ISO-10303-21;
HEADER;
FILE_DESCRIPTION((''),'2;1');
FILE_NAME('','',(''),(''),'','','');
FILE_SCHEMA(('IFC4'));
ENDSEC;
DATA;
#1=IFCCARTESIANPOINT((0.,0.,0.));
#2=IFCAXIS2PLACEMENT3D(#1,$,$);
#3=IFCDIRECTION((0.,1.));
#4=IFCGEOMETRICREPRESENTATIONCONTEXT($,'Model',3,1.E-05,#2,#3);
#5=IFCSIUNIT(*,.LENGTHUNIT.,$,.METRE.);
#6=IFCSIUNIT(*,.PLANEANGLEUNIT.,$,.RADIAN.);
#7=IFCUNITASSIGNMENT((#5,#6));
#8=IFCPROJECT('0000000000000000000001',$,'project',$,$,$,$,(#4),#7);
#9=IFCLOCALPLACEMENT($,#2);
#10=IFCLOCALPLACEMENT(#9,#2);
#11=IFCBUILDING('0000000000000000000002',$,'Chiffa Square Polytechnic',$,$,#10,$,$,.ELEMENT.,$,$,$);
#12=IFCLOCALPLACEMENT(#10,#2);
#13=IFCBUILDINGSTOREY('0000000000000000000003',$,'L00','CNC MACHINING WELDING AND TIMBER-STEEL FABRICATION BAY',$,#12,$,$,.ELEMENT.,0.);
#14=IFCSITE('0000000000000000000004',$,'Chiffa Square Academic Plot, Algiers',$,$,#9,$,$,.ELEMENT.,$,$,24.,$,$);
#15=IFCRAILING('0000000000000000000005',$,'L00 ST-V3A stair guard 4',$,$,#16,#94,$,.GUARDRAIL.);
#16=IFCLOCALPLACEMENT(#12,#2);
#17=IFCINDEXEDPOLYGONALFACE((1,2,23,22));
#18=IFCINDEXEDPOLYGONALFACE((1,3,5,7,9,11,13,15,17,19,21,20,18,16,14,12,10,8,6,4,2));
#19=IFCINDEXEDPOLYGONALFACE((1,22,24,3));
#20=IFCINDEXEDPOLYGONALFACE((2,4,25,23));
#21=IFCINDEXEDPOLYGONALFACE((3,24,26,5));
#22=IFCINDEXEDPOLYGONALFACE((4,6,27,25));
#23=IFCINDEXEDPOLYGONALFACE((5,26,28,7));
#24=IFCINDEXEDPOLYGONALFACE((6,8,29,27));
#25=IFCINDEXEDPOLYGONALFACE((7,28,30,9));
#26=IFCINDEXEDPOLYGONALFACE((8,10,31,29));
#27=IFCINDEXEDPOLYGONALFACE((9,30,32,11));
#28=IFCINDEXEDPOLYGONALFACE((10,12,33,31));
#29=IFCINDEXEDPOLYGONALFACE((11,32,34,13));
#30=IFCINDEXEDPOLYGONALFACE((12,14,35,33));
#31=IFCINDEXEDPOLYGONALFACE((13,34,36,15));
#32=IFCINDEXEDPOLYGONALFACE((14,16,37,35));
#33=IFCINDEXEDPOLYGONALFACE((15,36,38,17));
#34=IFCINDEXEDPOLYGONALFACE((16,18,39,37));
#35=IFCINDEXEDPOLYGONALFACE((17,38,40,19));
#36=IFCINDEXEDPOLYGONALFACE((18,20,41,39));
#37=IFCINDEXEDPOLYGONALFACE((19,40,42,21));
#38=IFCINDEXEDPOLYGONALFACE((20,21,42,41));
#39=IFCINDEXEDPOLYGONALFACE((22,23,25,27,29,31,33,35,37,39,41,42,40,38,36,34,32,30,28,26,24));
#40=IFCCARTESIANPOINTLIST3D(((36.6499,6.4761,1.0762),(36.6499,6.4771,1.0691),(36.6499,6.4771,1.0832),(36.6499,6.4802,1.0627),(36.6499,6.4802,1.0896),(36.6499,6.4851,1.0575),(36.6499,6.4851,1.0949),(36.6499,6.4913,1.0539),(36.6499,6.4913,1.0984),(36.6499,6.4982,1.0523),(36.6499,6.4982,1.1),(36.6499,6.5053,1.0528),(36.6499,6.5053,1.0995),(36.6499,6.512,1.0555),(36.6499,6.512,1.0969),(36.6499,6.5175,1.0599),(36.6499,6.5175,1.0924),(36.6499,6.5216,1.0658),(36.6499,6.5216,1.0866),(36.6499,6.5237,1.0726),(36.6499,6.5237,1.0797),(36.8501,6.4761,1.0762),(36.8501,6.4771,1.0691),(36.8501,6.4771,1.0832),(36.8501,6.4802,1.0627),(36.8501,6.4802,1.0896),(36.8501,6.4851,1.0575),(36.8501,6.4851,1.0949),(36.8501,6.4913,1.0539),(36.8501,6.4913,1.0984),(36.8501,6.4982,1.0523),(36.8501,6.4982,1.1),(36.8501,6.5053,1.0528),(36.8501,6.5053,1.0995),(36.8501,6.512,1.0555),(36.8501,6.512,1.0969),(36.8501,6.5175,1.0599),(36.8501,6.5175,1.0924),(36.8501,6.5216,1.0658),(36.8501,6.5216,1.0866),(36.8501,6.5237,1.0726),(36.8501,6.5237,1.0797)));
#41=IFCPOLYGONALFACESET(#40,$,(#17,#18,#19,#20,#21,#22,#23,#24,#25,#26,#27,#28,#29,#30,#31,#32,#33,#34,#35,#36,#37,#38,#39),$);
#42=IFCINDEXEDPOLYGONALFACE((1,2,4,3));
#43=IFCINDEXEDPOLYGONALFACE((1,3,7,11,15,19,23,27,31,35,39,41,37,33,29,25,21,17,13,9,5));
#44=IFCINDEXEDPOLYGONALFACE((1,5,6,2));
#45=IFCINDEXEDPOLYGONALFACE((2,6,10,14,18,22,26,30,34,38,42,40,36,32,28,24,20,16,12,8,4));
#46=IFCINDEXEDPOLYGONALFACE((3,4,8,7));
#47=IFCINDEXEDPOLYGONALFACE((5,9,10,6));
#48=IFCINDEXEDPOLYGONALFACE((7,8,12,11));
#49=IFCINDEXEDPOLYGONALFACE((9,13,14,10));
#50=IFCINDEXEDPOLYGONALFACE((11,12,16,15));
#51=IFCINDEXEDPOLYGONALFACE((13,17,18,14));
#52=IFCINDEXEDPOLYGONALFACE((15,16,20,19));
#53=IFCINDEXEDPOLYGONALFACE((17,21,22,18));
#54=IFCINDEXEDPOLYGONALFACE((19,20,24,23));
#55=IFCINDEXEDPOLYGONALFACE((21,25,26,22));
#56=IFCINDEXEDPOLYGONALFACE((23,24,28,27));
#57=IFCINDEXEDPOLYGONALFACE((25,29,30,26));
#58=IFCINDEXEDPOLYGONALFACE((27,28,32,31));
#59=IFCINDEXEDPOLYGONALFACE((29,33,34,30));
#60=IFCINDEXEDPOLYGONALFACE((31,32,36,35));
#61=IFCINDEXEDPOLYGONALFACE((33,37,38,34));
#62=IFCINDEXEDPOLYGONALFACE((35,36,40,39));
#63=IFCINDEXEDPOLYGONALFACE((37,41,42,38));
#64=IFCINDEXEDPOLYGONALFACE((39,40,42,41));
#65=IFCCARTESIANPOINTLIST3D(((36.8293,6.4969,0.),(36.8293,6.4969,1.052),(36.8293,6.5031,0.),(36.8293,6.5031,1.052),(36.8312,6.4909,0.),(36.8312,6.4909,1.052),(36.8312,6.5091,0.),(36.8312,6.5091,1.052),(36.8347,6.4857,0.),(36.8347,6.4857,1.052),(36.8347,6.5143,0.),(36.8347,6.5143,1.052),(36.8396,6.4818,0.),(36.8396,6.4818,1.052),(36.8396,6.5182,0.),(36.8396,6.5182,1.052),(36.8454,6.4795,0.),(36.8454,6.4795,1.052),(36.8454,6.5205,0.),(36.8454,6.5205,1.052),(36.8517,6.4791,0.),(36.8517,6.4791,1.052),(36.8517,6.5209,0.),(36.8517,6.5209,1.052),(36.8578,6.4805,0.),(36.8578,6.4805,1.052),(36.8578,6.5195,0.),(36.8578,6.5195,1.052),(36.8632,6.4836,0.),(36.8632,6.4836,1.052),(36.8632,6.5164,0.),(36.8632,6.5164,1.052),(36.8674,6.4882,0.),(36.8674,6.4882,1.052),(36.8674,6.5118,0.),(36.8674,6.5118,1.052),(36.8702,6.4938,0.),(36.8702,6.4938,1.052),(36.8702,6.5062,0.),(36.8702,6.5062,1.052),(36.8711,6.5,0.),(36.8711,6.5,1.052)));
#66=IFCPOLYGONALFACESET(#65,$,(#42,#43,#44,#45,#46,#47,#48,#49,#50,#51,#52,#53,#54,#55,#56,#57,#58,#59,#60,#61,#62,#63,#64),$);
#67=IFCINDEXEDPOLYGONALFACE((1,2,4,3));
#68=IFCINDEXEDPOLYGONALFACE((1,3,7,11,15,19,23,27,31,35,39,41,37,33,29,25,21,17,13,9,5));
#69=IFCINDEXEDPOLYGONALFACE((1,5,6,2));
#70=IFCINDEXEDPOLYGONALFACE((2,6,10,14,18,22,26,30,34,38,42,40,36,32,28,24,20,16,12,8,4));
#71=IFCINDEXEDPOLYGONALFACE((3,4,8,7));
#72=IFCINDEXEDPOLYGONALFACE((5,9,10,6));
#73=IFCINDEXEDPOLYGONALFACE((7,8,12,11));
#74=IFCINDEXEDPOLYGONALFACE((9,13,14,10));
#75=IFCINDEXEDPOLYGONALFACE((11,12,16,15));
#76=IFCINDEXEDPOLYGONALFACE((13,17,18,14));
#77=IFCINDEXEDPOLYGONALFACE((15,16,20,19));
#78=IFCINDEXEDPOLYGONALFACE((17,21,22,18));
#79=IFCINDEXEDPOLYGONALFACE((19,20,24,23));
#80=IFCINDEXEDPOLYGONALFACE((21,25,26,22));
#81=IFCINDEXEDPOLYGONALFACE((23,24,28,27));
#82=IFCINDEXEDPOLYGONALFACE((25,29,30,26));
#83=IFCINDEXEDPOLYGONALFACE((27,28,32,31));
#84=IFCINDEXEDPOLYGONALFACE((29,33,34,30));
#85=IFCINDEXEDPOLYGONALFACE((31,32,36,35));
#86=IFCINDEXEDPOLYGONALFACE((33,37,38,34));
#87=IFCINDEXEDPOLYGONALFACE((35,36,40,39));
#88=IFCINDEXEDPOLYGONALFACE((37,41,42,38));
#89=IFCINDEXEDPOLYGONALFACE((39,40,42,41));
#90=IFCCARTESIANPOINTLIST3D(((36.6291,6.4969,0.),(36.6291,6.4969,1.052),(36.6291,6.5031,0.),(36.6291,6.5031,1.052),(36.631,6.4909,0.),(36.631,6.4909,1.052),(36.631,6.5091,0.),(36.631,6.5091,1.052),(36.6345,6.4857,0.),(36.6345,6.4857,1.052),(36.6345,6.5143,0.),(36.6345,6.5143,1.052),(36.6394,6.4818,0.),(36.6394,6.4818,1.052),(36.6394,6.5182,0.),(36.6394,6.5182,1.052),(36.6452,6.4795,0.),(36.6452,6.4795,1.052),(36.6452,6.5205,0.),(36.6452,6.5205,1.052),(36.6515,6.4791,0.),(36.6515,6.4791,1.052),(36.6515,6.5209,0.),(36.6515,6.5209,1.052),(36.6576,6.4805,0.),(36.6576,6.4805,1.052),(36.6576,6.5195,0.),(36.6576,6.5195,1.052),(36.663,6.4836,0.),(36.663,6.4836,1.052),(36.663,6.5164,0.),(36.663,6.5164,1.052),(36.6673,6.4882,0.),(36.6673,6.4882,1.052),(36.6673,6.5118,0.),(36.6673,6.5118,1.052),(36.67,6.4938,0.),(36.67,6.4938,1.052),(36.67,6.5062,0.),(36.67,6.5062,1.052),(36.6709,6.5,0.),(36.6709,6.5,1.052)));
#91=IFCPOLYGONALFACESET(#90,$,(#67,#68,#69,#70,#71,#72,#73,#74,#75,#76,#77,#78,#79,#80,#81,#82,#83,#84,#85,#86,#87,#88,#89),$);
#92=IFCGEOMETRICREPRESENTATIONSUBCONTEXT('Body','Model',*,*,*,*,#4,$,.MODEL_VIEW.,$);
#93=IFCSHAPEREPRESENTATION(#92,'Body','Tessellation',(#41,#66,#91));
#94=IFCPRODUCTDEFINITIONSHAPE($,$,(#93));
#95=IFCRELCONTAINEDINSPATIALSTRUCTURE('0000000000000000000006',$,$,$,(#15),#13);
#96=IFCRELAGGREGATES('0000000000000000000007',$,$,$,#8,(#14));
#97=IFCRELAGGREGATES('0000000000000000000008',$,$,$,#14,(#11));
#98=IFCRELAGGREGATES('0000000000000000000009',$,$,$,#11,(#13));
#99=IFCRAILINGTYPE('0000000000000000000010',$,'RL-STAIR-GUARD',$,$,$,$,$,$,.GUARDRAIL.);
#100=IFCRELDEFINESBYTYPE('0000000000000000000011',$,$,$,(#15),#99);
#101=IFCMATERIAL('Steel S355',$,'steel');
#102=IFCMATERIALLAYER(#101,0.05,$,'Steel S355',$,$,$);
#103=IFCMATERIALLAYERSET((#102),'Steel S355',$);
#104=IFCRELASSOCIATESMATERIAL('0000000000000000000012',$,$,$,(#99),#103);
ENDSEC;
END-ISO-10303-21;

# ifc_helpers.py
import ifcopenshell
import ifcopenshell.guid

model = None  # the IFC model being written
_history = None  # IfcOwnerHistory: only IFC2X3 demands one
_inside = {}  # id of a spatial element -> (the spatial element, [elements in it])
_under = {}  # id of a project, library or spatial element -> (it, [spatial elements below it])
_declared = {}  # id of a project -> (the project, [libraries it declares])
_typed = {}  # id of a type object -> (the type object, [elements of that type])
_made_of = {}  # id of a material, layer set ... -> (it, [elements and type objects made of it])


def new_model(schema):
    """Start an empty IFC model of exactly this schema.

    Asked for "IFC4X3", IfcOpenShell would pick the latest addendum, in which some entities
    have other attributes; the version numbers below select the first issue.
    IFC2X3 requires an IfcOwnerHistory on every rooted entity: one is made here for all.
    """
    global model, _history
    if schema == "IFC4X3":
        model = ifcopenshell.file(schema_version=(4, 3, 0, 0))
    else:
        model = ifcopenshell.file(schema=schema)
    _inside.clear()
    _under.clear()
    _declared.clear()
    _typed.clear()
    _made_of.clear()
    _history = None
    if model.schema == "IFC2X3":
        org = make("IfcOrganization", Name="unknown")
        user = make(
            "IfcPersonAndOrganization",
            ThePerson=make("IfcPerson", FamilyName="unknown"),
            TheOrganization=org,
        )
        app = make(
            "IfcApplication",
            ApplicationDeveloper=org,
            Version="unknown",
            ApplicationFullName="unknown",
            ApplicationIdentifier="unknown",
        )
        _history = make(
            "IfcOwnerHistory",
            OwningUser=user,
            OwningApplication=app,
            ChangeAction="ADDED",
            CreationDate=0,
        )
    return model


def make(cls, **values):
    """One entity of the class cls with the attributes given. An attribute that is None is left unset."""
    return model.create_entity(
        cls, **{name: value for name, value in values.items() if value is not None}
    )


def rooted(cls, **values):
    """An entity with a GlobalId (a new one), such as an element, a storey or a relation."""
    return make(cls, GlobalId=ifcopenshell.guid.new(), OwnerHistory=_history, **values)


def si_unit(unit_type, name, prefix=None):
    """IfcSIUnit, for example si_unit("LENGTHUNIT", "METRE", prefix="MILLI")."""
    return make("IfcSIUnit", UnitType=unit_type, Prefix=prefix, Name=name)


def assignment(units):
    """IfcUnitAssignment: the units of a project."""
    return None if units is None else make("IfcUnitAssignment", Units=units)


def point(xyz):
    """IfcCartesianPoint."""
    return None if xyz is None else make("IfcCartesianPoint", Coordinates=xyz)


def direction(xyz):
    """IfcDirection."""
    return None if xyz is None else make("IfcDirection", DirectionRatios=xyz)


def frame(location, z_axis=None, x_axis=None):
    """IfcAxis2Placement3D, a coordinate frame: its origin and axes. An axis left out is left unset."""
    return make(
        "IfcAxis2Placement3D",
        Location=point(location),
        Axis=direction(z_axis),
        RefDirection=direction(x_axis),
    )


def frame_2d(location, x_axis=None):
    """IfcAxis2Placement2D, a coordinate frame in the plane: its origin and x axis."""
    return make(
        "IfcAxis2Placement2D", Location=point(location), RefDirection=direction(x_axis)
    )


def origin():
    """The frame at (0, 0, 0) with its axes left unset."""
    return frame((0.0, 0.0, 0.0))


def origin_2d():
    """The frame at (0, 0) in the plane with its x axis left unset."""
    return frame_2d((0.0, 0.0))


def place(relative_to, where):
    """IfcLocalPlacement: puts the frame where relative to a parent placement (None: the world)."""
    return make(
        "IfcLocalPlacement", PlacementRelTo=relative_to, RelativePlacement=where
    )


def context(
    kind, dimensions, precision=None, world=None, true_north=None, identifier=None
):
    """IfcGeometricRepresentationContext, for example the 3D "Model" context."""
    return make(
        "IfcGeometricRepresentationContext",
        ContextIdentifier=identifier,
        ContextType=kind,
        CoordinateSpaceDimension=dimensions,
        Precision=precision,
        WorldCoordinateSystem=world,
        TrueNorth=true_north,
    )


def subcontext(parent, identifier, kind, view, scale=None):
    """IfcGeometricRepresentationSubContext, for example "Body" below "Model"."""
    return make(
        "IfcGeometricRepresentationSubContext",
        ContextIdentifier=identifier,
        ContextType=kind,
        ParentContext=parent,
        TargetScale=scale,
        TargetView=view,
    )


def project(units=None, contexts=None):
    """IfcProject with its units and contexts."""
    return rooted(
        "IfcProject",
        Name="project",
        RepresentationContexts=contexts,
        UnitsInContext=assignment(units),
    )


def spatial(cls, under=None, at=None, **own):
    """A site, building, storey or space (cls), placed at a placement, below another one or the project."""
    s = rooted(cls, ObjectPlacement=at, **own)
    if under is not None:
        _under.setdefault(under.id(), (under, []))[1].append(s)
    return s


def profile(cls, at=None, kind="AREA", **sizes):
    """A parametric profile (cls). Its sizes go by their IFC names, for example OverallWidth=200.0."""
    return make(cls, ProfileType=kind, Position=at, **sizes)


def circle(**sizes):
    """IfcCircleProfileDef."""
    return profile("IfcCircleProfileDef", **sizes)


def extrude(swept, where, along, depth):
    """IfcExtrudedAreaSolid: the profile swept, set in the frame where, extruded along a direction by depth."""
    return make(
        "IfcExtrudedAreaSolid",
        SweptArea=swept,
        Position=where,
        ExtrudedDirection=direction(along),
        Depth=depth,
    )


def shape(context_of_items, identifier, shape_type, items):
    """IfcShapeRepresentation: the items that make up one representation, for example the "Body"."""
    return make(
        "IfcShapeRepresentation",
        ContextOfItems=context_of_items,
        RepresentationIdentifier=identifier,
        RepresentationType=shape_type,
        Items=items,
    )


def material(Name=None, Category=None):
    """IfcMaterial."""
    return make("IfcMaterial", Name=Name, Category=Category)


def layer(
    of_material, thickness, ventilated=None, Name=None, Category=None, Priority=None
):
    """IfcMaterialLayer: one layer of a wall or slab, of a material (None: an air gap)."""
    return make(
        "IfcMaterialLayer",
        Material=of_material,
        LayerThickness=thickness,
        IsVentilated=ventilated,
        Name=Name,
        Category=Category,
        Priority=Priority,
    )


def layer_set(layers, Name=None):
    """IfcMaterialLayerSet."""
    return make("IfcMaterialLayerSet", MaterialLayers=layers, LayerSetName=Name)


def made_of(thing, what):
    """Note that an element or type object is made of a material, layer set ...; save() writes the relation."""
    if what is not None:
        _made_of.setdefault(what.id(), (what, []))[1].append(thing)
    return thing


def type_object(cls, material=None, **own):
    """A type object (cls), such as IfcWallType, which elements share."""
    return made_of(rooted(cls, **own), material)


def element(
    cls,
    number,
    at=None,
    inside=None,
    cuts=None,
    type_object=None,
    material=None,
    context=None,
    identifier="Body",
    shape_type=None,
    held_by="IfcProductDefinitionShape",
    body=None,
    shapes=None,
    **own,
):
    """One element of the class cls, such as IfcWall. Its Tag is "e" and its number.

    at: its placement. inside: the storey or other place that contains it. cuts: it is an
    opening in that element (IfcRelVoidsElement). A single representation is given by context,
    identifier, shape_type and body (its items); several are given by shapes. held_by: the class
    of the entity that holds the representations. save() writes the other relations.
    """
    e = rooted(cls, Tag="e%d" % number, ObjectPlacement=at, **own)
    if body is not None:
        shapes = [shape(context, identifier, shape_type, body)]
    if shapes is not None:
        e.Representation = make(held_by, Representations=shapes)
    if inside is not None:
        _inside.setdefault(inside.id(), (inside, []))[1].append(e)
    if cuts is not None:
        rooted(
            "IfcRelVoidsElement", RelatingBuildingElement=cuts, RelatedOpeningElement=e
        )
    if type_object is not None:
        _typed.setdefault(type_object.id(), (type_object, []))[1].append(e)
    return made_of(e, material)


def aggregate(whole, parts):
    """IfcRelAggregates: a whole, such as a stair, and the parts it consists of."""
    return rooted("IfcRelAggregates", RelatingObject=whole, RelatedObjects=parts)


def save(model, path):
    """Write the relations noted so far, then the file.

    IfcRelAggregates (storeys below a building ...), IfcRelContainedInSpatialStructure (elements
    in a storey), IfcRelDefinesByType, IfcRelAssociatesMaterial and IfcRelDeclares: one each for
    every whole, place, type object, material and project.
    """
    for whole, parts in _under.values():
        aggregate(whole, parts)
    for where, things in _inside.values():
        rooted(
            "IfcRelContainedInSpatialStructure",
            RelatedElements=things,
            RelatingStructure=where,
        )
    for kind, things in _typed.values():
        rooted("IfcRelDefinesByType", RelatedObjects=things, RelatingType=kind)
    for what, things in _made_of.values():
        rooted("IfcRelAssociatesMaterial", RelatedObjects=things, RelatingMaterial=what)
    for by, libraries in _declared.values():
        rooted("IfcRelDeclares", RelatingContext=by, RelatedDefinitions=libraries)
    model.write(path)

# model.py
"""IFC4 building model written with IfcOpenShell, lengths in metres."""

from ifc_helpers import new_model, si_unit, direction, frame, origin, origin_2d, place, context, subcontext, project, spatial, circle, extrude, material, layer, layer_set, type_object, element, save


model = new_model("IFC4")

# Units and contexts
model_context = context("Model", 3, precision=1e-05, world=origin(), true_north=direction((0.0, 1.0)))
body_context = subcontext(model_context, "Body", "Model", "MODEL_VIEW")
ifc_project = project(units=[si_unit("LENGTHUNIT", "METRE"), si_unit("PLANEANGLEUNIT", "RADIAN")], contexts=[model_context])

# Site, building, storey
site_placement = place(None, origin())
site = spatial("IfcSite", under=ifc_project, at=site_placement, Name="Chiffa Square Academic Plot, Algiers", CompositionType="ELEMENT", RefElevation=24.0)
building_placement = place(site_placement, origin())
building = spatial("IfcBuilding", under=site, at=building_placement, Name="Chiffa Square Polytechnic", CompositionType="ELEMENT")
storey_placement = place(building_placement, origin())
storey = spatial("IfcBuildingStorey", under=building, at=storey_placement, Name="L00", Description="CNC MACHINING WELDING AND TIMBER-STEEL FABRICATION BAY", CompositionType="ELEMENT", Elevation=0.0)

# Railing
ifc_material_1 = material(Name="Steel S355", Category="steel")
ifc_layer_1 = layer(ifc_material_1, 0.05, Name="Steel S355")
ifc_layer_set_1 = layer_set([ifc_layer_1], Name="Steel S355")
railing_type_1 = type_object("IfcRailingType", Name="RL-STAIR-GUARD", PredefinedType="GUARDRAIL", material=ifc_layer_set_1)
railing_1_placement = place(storey_placement, frame((36.8501, 6.5, 0.0)))
element("IfcRailing", 1, at=railing_1_placement, inside=storey, type_object=railing_type_1, Name="L00 ST-V3A stair guard 4", PredefinedType="GUARDRAIL", context=body_context, shape_type="SweptSolid", body=[
    extrude(circle(Radius=0.0239, at=origin_2d()), frame((0.0, 0.0, 1.0762), z_axis=(-1.0, 0.0, 0.0), x_axis=(0.0, -1.0, 0.0)), (0.0, 0.0, 1.0), 0.2002),
    extrude(circle(Radius=0.021, at=origin_2d()), origin(), (0.0, 0.0, 1.0), 1.052),
    extrude(circle(Radius=0.021, at=origin_2d()), frame((-0.2002, 0.0, 0.0)), (0.0, 0.0, 1.0), 1.052),
])

save(model, "model.ifc")
